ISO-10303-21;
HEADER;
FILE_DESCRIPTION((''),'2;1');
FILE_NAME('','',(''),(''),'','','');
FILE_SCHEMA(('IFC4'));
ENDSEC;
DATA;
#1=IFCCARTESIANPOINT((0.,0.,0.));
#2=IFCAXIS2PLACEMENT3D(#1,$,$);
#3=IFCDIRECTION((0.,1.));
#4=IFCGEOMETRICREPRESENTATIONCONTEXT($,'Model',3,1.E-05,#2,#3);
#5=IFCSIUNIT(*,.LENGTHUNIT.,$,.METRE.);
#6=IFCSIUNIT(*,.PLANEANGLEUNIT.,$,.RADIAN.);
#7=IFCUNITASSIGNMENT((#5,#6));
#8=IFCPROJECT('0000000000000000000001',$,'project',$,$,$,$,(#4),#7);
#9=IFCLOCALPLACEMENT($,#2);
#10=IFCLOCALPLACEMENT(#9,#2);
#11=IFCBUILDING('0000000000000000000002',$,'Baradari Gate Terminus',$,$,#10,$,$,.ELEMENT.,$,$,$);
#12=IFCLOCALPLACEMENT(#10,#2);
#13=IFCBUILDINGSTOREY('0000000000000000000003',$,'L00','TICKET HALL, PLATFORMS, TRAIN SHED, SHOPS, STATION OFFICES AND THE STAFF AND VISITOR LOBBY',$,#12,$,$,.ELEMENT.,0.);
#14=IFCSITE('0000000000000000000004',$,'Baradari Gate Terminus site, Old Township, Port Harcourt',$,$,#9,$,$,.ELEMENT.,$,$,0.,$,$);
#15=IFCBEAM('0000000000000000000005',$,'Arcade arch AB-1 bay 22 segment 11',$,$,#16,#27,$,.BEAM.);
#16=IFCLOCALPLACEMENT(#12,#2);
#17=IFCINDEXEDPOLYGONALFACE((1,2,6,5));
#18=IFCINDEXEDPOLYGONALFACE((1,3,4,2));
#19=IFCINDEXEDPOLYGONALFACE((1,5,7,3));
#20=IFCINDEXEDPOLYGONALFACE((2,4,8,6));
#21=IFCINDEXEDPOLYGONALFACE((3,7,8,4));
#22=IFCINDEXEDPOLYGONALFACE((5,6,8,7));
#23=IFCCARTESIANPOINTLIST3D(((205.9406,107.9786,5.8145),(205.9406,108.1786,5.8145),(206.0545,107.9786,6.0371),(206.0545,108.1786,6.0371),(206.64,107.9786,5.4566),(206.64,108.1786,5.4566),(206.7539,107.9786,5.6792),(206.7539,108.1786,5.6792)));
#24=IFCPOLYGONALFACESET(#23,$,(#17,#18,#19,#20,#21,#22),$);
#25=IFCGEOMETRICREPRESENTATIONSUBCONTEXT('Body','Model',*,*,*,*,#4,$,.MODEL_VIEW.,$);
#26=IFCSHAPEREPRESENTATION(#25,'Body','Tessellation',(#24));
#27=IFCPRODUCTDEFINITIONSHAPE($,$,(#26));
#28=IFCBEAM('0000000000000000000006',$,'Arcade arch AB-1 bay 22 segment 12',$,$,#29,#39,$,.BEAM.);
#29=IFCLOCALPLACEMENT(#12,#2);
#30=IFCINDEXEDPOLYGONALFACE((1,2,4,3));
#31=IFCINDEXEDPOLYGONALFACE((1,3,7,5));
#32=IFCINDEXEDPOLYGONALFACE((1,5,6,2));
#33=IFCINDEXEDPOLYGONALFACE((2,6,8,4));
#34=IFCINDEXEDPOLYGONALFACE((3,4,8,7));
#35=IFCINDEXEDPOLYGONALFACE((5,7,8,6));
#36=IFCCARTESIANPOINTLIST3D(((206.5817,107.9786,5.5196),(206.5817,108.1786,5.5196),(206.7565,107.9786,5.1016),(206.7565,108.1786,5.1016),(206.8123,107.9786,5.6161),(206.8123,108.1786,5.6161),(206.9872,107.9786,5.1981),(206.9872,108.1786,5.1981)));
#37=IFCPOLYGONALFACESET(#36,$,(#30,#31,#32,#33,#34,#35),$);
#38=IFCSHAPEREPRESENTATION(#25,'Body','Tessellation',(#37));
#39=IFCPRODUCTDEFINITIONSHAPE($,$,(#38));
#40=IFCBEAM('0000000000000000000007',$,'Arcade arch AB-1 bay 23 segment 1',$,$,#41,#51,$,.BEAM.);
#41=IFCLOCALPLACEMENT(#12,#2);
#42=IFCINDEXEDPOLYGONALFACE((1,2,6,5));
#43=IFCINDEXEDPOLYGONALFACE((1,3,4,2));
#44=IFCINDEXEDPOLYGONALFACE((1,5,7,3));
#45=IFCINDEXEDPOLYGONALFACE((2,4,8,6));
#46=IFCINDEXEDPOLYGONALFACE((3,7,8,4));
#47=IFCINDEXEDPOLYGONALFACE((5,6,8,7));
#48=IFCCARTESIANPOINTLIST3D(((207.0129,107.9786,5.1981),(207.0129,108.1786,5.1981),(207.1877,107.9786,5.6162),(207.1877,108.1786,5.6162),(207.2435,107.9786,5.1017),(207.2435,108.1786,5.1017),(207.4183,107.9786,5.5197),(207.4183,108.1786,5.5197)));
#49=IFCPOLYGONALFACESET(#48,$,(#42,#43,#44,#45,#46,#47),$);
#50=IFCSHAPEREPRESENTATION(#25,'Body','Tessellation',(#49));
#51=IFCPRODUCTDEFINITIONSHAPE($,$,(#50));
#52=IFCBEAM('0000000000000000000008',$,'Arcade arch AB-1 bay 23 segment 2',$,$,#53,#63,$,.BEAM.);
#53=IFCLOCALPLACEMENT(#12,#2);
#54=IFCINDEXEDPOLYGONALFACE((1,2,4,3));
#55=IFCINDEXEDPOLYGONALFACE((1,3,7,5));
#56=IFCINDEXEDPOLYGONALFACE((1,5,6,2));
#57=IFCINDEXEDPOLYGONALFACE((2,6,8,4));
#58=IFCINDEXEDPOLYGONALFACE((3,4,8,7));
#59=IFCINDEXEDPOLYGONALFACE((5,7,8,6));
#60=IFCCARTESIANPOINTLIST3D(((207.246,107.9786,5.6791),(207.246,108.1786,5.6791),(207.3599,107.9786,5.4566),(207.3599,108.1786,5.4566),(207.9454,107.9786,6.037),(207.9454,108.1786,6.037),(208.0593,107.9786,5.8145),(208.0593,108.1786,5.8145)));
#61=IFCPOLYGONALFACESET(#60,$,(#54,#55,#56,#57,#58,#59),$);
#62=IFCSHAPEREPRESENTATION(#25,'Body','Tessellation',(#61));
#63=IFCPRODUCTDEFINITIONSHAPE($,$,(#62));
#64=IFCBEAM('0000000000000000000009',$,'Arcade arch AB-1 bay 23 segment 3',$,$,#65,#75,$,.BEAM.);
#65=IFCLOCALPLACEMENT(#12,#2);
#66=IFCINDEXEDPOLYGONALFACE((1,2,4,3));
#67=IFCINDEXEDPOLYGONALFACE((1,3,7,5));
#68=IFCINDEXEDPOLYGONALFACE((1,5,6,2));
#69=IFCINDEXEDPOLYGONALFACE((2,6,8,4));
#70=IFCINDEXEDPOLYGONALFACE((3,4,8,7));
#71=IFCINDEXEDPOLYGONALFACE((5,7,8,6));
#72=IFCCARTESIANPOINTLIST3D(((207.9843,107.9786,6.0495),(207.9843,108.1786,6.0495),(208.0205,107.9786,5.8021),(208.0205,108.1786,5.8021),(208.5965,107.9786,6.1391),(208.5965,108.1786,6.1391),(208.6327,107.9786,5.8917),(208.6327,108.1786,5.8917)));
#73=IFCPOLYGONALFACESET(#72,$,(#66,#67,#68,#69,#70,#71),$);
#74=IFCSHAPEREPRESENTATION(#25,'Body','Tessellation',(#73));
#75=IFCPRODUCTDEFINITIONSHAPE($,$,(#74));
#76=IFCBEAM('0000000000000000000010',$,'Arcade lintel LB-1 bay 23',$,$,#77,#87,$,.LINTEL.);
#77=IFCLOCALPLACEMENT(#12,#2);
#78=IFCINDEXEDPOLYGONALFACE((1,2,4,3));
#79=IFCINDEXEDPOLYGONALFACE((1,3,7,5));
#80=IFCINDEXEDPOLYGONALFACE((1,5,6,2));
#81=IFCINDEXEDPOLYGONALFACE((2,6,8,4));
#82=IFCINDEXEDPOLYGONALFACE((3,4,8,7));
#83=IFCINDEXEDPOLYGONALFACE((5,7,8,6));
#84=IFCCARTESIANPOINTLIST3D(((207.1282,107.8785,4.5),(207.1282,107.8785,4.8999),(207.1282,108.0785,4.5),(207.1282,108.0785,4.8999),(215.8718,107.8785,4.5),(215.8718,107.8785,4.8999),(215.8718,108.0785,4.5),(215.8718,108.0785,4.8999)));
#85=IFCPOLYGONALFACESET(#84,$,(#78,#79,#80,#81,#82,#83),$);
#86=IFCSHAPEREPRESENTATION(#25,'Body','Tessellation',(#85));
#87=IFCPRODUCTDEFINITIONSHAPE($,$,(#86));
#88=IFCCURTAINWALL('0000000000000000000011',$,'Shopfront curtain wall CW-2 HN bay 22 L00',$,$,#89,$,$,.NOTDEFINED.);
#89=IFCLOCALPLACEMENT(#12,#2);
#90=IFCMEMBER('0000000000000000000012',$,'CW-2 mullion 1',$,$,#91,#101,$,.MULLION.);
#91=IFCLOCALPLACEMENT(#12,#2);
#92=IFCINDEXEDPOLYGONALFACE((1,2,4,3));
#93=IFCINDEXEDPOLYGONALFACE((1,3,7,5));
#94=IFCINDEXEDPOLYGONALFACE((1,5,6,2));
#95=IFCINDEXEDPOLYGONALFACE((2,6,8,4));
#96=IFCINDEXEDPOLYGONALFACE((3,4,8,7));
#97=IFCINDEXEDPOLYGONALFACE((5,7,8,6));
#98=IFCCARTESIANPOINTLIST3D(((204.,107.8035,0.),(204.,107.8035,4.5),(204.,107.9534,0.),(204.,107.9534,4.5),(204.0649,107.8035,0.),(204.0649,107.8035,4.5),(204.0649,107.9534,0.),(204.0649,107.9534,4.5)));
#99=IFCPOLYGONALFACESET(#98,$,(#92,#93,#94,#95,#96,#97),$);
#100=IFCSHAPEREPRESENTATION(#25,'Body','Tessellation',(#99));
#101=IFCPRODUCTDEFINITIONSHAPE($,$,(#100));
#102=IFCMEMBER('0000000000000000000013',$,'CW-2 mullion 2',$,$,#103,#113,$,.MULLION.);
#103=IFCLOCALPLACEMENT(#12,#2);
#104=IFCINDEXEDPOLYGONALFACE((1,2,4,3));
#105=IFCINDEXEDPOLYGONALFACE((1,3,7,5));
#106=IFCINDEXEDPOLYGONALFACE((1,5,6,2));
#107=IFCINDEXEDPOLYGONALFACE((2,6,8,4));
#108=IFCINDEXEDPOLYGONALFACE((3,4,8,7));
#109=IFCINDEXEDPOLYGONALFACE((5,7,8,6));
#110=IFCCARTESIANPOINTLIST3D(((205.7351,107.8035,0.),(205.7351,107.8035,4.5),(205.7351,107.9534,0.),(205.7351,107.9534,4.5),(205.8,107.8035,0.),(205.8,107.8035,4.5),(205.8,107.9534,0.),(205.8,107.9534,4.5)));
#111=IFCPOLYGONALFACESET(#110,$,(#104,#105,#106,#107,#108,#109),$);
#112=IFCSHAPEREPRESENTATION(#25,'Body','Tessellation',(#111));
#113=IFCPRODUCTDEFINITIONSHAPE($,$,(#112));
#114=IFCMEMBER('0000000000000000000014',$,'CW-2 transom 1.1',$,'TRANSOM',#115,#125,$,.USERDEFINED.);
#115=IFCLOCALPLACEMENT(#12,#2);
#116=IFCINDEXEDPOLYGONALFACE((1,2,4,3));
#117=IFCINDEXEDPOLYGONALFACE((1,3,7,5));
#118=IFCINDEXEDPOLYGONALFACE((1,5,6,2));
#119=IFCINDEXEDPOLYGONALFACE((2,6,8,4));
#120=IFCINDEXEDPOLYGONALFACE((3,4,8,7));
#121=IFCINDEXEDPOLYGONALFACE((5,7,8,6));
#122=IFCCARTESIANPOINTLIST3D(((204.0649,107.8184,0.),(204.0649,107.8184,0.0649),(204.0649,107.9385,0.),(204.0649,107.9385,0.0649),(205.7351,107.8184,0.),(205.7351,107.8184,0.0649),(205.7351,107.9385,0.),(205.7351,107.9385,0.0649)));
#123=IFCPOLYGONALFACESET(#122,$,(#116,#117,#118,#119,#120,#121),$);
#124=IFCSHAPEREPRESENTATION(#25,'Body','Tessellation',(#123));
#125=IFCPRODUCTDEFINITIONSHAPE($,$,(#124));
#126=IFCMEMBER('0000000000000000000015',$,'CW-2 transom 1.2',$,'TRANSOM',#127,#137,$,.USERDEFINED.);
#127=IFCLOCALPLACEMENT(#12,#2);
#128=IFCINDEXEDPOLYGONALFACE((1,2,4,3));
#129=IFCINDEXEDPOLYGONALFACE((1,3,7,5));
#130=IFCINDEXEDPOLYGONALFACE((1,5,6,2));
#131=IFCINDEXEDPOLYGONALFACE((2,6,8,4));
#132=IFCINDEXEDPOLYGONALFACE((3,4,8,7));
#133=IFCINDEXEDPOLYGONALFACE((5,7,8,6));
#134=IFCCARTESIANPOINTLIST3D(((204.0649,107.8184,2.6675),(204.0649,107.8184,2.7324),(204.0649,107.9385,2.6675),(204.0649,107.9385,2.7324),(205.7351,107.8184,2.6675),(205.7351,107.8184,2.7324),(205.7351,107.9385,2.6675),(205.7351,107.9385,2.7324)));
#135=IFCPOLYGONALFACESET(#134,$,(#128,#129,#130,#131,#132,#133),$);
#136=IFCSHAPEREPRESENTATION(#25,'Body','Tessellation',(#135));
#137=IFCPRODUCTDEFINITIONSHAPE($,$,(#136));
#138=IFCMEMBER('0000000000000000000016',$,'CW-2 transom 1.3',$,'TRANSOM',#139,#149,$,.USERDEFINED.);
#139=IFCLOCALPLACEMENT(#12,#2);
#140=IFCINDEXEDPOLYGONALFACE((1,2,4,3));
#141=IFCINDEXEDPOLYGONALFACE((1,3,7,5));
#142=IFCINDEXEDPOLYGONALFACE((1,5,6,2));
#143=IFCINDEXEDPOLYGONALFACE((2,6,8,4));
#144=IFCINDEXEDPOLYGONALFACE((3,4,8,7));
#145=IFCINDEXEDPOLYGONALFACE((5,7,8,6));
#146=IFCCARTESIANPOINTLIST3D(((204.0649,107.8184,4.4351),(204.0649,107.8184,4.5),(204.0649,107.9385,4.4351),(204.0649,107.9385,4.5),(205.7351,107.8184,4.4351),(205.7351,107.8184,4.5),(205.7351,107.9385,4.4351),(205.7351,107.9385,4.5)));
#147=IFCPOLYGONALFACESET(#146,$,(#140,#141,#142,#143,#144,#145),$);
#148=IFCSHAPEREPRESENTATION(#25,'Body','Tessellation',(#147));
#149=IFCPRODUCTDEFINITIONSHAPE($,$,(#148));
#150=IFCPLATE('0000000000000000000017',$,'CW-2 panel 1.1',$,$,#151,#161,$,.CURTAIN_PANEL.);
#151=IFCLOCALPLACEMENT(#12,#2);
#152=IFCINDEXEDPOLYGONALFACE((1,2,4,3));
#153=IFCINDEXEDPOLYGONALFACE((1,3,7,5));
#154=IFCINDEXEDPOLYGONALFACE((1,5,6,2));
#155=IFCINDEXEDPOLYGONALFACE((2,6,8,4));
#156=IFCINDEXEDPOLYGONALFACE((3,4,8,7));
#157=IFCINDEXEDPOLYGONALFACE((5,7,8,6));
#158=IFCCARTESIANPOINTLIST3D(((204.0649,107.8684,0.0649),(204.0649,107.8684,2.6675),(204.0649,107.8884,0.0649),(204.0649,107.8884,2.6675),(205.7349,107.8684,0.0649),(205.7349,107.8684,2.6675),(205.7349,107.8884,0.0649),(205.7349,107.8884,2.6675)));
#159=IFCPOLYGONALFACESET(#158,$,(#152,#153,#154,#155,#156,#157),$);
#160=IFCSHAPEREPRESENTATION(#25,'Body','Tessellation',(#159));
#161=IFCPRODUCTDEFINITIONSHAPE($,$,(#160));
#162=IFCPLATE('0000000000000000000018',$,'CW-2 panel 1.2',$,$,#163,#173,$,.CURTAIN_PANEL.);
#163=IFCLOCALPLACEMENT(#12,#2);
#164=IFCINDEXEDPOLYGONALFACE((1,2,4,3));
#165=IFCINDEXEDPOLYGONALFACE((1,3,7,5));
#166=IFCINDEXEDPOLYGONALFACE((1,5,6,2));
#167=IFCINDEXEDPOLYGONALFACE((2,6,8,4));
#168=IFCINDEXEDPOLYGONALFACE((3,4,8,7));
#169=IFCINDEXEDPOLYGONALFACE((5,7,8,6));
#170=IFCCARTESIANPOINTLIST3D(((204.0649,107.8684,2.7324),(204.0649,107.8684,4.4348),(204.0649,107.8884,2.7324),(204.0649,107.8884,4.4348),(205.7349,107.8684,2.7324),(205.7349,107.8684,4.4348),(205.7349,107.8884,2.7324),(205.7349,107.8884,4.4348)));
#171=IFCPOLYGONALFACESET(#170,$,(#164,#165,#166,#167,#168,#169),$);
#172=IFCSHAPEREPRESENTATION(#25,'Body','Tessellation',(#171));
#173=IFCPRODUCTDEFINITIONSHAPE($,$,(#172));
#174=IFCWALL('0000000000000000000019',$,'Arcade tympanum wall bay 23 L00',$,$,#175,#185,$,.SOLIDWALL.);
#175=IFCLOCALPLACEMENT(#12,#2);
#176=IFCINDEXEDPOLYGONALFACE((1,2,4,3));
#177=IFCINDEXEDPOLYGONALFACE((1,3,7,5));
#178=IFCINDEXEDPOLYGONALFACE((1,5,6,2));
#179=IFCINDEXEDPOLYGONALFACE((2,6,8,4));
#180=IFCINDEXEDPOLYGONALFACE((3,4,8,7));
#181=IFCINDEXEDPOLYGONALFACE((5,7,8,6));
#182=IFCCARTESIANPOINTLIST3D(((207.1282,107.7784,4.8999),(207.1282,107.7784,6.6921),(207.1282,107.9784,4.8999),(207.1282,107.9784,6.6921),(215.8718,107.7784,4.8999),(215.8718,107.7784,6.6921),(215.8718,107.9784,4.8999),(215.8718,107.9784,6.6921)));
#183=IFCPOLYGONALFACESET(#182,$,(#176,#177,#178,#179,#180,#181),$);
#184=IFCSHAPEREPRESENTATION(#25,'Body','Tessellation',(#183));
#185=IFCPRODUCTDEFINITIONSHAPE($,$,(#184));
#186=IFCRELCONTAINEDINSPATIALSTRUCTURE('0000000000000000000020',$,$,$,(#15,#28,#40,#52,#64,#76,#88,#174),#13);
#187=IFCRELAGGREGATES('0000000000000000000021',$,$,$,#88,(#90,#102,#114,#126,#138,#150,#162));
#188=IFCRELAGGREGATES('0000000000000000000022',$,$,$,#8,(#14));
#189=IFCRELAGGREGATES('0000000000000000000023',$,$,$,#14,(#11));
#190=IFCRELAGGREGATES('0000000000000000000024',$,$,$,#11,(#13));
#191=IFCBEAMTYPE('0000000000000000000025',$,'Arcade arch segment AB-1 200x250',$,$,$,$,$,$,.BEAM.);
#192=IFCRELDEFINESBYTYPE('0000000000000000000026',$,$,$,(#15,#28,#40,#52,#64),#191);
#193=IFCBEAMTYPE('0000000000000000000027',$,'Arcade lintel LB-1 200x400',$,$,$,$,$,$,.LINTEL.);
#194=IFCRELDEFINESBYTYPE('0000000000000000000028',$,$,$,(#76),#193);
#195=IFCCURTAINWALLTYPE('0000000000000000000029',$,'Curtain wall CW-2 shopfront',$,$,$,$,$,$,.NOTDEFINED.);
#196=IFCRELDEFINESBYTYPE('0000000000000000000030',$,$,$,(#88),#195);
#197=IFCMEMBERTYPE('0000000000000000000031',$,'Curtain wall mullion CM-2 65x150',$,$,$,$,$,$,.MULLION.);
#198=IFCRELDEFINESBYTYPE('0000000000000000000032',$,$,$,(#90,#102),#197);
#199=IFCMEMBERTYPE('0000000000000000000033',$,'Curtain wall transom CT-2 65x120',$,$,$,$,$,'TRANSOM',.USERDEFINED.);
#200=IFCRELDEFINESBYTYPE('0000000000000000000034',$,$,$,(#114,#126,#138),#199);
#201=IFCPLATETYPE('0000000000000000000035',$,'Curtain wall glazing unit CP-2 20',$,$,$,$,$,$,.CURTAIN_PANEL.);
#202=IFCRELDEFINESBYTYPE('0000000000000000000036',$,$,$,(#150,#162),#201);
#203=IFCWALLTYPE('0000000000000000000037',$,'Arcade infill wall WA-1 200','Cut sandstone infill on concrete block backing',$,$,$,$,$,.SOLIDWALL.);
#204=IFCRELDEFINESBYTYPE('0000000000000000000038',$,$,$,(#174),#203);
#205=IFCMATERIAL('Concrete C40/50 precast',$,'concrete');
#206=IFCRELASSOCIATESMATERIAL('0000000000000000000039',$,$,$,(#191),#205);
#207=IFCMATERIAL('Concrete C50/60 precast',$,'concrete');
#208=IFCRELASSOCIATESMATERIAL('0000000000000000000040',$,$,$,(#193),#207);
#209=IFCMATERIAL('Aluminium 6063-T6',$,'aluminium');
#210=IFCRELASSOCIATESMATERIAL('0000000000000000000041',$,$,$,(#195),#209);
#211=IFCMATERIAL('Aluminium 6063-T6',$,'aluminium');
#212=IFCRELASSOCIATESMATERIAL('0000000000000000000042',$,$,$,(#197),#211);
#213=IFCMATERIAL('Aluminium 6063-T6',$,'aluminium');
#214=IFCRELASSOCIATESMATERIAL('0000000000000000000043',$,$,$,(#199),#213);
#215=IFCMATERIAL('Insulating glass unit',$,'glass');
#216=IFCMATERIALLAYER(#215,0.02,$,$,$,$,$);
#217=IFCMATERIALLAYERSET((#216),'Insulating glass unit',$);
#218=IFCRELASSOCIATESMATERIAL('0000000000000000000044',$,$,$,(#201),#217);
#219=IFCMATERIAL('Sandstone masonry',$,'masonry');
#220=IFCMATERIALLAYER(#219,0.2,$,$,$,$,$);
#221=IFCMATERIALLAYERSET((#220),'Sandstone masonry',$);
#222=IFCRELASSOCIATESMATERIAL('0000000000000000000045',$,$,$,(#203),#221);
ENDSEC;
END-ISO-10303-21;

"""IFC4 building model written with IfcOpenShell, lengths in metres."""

from ifc_helpers import new_model, si_unit, direction, frame, frame_2d, origin, origin_2d, place, context, subcontext, project, spatial, rectangle, extrude, material, layer, layer_set, material_profile, profile_set, type_object, element, aggregate, save


model = new_model("IFC4")

# Units and contexts
model_context = context("Model", 3, precision=1e-05, world=origin(), true_north=direction((0.0, 1.0)))
body_context = subcontext(model_context, "Body", "Model", "MODEL_VIEW")
ifc_project = project(units=[si_unit("LENGTHUNIT", "METRE"), si_unit("PLANEANGLEUNIT", "RADIAN")], contexts=[model_context])

# Site, building, storey
site_placement = place(None, origin())
site = spatial("IfcSite", under=ifc_project, at=site_placement, Name="Baradari Gate Terminus site, Old Township, Port Harcourt", CompositionType="ELEMENT", RefElevation=0.0)
building_placement = place(site_placement, origin())
building = spatial("IfcBuilding", under=site, at=building_placement, Name="Baradari Gate Terminus", CompositionType="ELEMENT")
storey_placement = place(building_placement, origin())
storey = spatial("IfcBuildingStorey", under=building, at=storey_placement, Name="L00", Description="TICKET HALL, PLATFORMS, TRAIN SHED, SHOPS, STATION OFFICES AND THE STAFF AND VISITOR LOBBY", CompositionType="ELEMENT", Elevation=0.0)

# Beams
ifc_material_1 = material(Name="Concrete C40/50 precast", Category="concrete")
ifc_material_profile_1 = material_profile(ifc_material_1, rectangle(XDim=0.2, YDim=0.25, at=origin_2d()), Name="AB-1 200X250")
ifc_profile_set_1 = profile_set([ifc_material_profile_1], Name="Concrete C40/50 precast")
beam_type_1 = type_object("IfcBeamType", Name="Arcade arch segment AB-1 200x250", PredefinedType="BEAM", material=ifc_profile_set_1)
beam_1_placement = place(storey_placement, frame((205.9976, 108.0786, 5.9258), z_axis=(0.890225, 0.0, -0.455522), x_axis=(0.0, 1.0, 0.0)))
element("IfcBeam", 1, at=beam_1_placement, inside=storey, type_object=beam_type_1, Name="Arcade arch AB-1 bay 22 segment 11", PredefinedType="BEAM", context=body_context, shape_type="SweptSolid", body=[
    extrude(rectangle(XDim=0.2, YDim=0.25, at=origin_2d()), origin(), (0.0, 0.0, 1.0), 0.7856),
])
for number, where, z_axis, x_axis, name in (
    (2, (206.697, 108.0786, 5.5679), (0.385839, 0.0, -0.922566), (0.0, 1.0, 0.0), "Arcade arch AB-1 bay 22 segment 12"),
    (3, (207.1282, 108.0786, 5.1499), (0.385839, 0.0, 0.922566), (0.0, 1.0, 0.0), "Arcade arch AB-1 bay 23 segment 1"),
):
    element("IfcBeam", number, at=place(storey_placement, frame(where, z_axis=z_axis, x_axis=x_axis)), inside=storey, type_object=beam_type_1, Name=name, PredefinedType="BEAM", context=body_context, shape_type="SweptSolid", body=[
        extrude(rectangle(XDim=0.2, YDim=0.25, at=origin_2d()), origin(), (0.0, 0.0, 1.0), 0.4531),
    ])
beam_2_placement = place(storey_placement, frame((207.303, 108.0786, 5.5679), z_axis=(0.890225, 0.0, 0.455522), x_axis=(0.0, 1.0, 0.0)))
element("IfcBeam", 4, at=beam_2_placement, inside=storey, type_object=beam_type_1, Name="Arcade arch AB-1 bay 23 segment 2", PredefinedType="BEAM", context=body_context, shape_type="SweptSolid", body=[
    extrude(rectangle(XDim=0.2, YDim=0.25, at=origin_2d()), origin(), (0.0, 0.0, 1.0), 0.7856),
])
beam_3_placement = place(storey_placement, frame((208.0024, 108.0786, 5.9258), z_axis=(0.989454, 0.0, 0.144846), x_axis=(0.0, 1.0, 0.0)))
element("IfcBeam", 5, at=beam_3_placement, inside=storey, type_object=beam_type_1, Name="Arcade arch AB-1 bay 23 segment 3", PredefinedType="BEAM", context=body_context, shape_type="SweptSolid", body=[
    extrude(rectangle(XDim=0.2, YDim=0.25, at=origin_2d()), origin(), (0.0, 0.0, 1.0), 0.6187),
])
ifc_material_2 = material(Name="Concrete C50/60 precast", Category="concrete")
ifc_material_profile_2 = material_profile(ifc_material_2, rectangle(XDim=0.2, YDim=0.3999, at=origin_2d()), Name="LB-1 200X400")
ifc_profile_set_2 = profile_set([ifc_material_profile_2], Name="Concrete C50/60 precast")
beam_type_2 = type_object("IfcBeamType", Name="Arcade lintel LB-1 200x400", PredefinedType="LINTEL", material=ifc_profile_set_2)
beam_4_placement = place(storey_placement, frame((207.1282, 107.9785, 4.7), z_axis=(1.0, 0.0, 0.0), x_axis=(0.0, 1.0, 0.0)))
element("IfcBeam", 6, at=beam_4_placement, inside=storey, type_object=beam_type_2, Name="Arcade lintel LB-1 bay 23", PredefinedType="LINTEL", context=body_context, shape_type="SweptSolid", body=[
    extrude(rectangle(XDim=0.2, YDim=0.3999, at=origin_2d()), origin(), (0.0, 0.0, 1.0), 8.7437),
])

# Curtain wall, members, plates
ifc_material_3 = material(Name="Aluminium 6063-T6", Category="aluminium")
curtain_wall_type = type_object("IfcCurtainWallType", Name="Curtain wall CW-2 shopfront", PredefinedType="NOTDEFINED", material=ifc_material_3)
curtain_wall_placement = place(storey_placement, origin())
curtain_wall = element("IfcCurtainWall", 7, at=curtain_wall_placement, inside=storey, type_object=curtain_wall_type, Name="Shopfront curtain wall CW-2 HN bay 22 L00", PredefinedType="NOTDEFINED")
ifc_material_4 = material(Name="Aluminium 6063-T6", Category="aluminium")
ifc_material_profile_3 = material_profile(ifc_material_4, rectangle(XDim=0.1499, YDim=0.0649, at=origin_2d()), Name="CM-2 65X150")
ifc_profile_set_3 = profile_set([ifc_material_profile_3], Name="Aluminium 6063-T6")
member_type_1 = type_object("IfcMemberType", Name="Curtain wall mullion CM-2 65x150", PredefinedType="MULLION", material=ifc_profile_set_3)
member_1_placement = place(storey_placement, frame((204.0325, 107.8784, 0.0), z_axis=(0.0, 0.0, 1.0), x_axis=(0.0, 1.0, 0.0)))
member_1 = element("IfcMember", 8, at=member_1_placement, type_object=member_type_1, Name="CW-2 mullion 1", PredefinedType="MULLION", context=body_context, shape_type="SweptSolid", body=[
    extrude(rectangle(XDim=0.1499, YDim=0.0649, at=origin_2d()), origin(), (0.0, 0.0, 1.0), 4.5),
])
member_2_placement = place(storey_placement, frame((205.7676, 107.8784, 0.0), z_axis=(0.0, 0.0, 1.0), x_axis=(0.0, 1.0, 0.0)))
member_2 = element("IfcMember", 9, at=member_2_placement, type_object=member_type_1, Name="CW-2 mullion 2", PredefinedType="MULLION", context=body_context, shape_type="SweptSolid", body=[
    extrude(rectangle(XDim=0.1499, YDim=0.0649, at=origin_2d()), origin(), (0.0, 0.0, 1.0), 4.5),
])
ifc_material_5 = material(Name="Aluminium 6063-T6", Category="aluminium")
ifc_material_profile_4 = material_profile(ifc_material_5, rectangle(XDim=0.1201, YDim=0.0649, at=origin_2d()), Name="CT-2 65X120")
ifc_profile_set_4 = profile_set([ifc_material_profile_4], Name="Aluminium 6063-T6")
member_type_2 = type_object("IfcMemberType", Name="Curtain wall transom CT-2 65x120", ElementType="TRANSOM", PredefinedType="USERDEFINED", material=ifc_profile_set_4)
member_3_placement = place(storey_placement, frame((204.0649, 107.8784, 0.0325), z_axis=(1.0, 0.0, 0.0), x_axis=(0.0, 1.0, 0.0)))
member_3 = element("IfcMember", 10, at=member_3_placement, type_object=member_type_2, Name="CW-2 transom 1.1", ObjectType="TRANSOM", PredefinedType="USERDEFINED", context=body_context, shape_type="SweptSolid", body=[
    extrude(rectangle(XDim=0.1201, YDim=0.0649, at=origin_2d()), origin(), (0.0, 0.0, 1.0), 1.6702),
])
member_4_placement = place(storey_placement, frame((204.0649, 107.8784, 2.7), z_axis=(1.0, 0.0, 0.0), x_axis=(0.0, 1.0, 0.0)))
member_4 = element("IfcMember", 11, at=member_4_placement, type_object=member_type_2, Name="CW-2 transom 1.2", ObjectType="TRANSOM", PredefinedType="USERDEFINED", context=body_context, shape_type="SweptSolid", body=[
    extrude(rectangle(XDim=0.1201, YDim=0.0649, at=origin_2d()), origin(), (0.0, 0.0, 1.0), 1.6702),
])
member_5_placement = place(storey_placement, frame((204.0649, 107.8784, 4.4675), z_axis=(1.0, 0.0, 0.0), x_axis=(0.0, 1.0, 0.0)))
member_5 = element("IfcMember", 12, at=member_5_placement, type_object=member_type_2, Name="CW-2 transom 1.3", ObjectType="TRANSOM", PredefinedType="USERDEFINED", context=body_context, shape_type="SweptSolid", body=[
    extrude(rectangle(XDim=0.1201, YDim=0.0649, at=origin_2d()), origin(), (0.0, 0.0, 1.0), 1.6702),
])
ifc_material_6 = material(Name="Insulating glass unit", Category="glass")
ifc_layer_1 = layer(ifc_material_6, 0.02)
ifc_layer_set_1 = layer_set([ifc_layer_1], Name="Insulating glass unit")
plate_type = type_object("IfcPlateType", Name="Curtain wall glazing unit CP-2 20", PredefinedType="CURTAIN_PANEL", material=ifc_layer_set_1)
plate_1_placement = place(storey_placement, frame((204.8999, 107.8784, 0.0649), z_axis=(0.0, 0.0, 1.0), x_axis=(1.0, 0.0, 0.0)))
plate_1 = element("IfcPlate", 13, at=plate_1_placement, type_object=plate_type, Name="CW-2 panel 1.1", PredefinedType="CURTAIN_PANEL", context=body_context, shape_type="SweptSolid", body=[
    extrude(rectangle(XDim=1.6699, YDim=0.02, at=origin_2d()), origin(), (0.0, 0.0, 1.0), 2.6025),
])
plate_2_placement = place(storey_placement, frame((204.8999, 107.8784, 2.7324), z_axis=(0.0, 0.0, 1.0), x_axis=(1.0, 0.0, 0.0)))
plate_2 = element("IfcPlate", 14, at=plate_2_placement, type_object=plate_type, Name="CW-2 panel 1.2", PredefinedType="CURTAIN_PANEL", context=body_context, shape_type="SweptSolid", body=[
    extrude(rectangle(XDim=1.6699, YDim=0.02, at=origin_2d()), origin(), (0.0, 0.0, 1.0), 1.7024),
])
aggregate(curtain_wall, [member_1, member_2, member_3, member_4, member_5, plate_1, plate_2])

# Wall
ifc_material_7 = material(Name="Sandstone masonry", Category="masonry")
ifc_layer_2 = layer(ifc_material_7, 0.2)
ifc_layer_set_2 = layer_set([ifc_layer_2], Name="Sandstone masonry")
wall_type_1 = type_object("IfcWallType", Name="Arcade infill wall WA-1 200", Description="Cut sandstone infill on concrete block backing", PredefinedType="SOLIDWALL", material=ifc_layer_set_2)
wall_1_placement = place(storey_placement, frame((207.1282, 107.8784, 4.8999), z_axis=(0.0, 0.0, 1.0), x_axis=(1.0, 0.0, 0.0)))
element("IfcWall", 15, at=wall_1_placement, inside=storey, type_object=wall_type_1, Name="Arcade tympanum wall bay 23 L00", PredefinedType="SOLIDWALL", context=body_context, shape_type="SweptSolid", body=[
    extrude(rectangle(XDim=8.7437, YDim=0.2, at=frame_2d((4.3718, 0.0))), origin(), (0.0, 0.0, 1.0), 1.7922),
])

save(model, "model.ifc")
